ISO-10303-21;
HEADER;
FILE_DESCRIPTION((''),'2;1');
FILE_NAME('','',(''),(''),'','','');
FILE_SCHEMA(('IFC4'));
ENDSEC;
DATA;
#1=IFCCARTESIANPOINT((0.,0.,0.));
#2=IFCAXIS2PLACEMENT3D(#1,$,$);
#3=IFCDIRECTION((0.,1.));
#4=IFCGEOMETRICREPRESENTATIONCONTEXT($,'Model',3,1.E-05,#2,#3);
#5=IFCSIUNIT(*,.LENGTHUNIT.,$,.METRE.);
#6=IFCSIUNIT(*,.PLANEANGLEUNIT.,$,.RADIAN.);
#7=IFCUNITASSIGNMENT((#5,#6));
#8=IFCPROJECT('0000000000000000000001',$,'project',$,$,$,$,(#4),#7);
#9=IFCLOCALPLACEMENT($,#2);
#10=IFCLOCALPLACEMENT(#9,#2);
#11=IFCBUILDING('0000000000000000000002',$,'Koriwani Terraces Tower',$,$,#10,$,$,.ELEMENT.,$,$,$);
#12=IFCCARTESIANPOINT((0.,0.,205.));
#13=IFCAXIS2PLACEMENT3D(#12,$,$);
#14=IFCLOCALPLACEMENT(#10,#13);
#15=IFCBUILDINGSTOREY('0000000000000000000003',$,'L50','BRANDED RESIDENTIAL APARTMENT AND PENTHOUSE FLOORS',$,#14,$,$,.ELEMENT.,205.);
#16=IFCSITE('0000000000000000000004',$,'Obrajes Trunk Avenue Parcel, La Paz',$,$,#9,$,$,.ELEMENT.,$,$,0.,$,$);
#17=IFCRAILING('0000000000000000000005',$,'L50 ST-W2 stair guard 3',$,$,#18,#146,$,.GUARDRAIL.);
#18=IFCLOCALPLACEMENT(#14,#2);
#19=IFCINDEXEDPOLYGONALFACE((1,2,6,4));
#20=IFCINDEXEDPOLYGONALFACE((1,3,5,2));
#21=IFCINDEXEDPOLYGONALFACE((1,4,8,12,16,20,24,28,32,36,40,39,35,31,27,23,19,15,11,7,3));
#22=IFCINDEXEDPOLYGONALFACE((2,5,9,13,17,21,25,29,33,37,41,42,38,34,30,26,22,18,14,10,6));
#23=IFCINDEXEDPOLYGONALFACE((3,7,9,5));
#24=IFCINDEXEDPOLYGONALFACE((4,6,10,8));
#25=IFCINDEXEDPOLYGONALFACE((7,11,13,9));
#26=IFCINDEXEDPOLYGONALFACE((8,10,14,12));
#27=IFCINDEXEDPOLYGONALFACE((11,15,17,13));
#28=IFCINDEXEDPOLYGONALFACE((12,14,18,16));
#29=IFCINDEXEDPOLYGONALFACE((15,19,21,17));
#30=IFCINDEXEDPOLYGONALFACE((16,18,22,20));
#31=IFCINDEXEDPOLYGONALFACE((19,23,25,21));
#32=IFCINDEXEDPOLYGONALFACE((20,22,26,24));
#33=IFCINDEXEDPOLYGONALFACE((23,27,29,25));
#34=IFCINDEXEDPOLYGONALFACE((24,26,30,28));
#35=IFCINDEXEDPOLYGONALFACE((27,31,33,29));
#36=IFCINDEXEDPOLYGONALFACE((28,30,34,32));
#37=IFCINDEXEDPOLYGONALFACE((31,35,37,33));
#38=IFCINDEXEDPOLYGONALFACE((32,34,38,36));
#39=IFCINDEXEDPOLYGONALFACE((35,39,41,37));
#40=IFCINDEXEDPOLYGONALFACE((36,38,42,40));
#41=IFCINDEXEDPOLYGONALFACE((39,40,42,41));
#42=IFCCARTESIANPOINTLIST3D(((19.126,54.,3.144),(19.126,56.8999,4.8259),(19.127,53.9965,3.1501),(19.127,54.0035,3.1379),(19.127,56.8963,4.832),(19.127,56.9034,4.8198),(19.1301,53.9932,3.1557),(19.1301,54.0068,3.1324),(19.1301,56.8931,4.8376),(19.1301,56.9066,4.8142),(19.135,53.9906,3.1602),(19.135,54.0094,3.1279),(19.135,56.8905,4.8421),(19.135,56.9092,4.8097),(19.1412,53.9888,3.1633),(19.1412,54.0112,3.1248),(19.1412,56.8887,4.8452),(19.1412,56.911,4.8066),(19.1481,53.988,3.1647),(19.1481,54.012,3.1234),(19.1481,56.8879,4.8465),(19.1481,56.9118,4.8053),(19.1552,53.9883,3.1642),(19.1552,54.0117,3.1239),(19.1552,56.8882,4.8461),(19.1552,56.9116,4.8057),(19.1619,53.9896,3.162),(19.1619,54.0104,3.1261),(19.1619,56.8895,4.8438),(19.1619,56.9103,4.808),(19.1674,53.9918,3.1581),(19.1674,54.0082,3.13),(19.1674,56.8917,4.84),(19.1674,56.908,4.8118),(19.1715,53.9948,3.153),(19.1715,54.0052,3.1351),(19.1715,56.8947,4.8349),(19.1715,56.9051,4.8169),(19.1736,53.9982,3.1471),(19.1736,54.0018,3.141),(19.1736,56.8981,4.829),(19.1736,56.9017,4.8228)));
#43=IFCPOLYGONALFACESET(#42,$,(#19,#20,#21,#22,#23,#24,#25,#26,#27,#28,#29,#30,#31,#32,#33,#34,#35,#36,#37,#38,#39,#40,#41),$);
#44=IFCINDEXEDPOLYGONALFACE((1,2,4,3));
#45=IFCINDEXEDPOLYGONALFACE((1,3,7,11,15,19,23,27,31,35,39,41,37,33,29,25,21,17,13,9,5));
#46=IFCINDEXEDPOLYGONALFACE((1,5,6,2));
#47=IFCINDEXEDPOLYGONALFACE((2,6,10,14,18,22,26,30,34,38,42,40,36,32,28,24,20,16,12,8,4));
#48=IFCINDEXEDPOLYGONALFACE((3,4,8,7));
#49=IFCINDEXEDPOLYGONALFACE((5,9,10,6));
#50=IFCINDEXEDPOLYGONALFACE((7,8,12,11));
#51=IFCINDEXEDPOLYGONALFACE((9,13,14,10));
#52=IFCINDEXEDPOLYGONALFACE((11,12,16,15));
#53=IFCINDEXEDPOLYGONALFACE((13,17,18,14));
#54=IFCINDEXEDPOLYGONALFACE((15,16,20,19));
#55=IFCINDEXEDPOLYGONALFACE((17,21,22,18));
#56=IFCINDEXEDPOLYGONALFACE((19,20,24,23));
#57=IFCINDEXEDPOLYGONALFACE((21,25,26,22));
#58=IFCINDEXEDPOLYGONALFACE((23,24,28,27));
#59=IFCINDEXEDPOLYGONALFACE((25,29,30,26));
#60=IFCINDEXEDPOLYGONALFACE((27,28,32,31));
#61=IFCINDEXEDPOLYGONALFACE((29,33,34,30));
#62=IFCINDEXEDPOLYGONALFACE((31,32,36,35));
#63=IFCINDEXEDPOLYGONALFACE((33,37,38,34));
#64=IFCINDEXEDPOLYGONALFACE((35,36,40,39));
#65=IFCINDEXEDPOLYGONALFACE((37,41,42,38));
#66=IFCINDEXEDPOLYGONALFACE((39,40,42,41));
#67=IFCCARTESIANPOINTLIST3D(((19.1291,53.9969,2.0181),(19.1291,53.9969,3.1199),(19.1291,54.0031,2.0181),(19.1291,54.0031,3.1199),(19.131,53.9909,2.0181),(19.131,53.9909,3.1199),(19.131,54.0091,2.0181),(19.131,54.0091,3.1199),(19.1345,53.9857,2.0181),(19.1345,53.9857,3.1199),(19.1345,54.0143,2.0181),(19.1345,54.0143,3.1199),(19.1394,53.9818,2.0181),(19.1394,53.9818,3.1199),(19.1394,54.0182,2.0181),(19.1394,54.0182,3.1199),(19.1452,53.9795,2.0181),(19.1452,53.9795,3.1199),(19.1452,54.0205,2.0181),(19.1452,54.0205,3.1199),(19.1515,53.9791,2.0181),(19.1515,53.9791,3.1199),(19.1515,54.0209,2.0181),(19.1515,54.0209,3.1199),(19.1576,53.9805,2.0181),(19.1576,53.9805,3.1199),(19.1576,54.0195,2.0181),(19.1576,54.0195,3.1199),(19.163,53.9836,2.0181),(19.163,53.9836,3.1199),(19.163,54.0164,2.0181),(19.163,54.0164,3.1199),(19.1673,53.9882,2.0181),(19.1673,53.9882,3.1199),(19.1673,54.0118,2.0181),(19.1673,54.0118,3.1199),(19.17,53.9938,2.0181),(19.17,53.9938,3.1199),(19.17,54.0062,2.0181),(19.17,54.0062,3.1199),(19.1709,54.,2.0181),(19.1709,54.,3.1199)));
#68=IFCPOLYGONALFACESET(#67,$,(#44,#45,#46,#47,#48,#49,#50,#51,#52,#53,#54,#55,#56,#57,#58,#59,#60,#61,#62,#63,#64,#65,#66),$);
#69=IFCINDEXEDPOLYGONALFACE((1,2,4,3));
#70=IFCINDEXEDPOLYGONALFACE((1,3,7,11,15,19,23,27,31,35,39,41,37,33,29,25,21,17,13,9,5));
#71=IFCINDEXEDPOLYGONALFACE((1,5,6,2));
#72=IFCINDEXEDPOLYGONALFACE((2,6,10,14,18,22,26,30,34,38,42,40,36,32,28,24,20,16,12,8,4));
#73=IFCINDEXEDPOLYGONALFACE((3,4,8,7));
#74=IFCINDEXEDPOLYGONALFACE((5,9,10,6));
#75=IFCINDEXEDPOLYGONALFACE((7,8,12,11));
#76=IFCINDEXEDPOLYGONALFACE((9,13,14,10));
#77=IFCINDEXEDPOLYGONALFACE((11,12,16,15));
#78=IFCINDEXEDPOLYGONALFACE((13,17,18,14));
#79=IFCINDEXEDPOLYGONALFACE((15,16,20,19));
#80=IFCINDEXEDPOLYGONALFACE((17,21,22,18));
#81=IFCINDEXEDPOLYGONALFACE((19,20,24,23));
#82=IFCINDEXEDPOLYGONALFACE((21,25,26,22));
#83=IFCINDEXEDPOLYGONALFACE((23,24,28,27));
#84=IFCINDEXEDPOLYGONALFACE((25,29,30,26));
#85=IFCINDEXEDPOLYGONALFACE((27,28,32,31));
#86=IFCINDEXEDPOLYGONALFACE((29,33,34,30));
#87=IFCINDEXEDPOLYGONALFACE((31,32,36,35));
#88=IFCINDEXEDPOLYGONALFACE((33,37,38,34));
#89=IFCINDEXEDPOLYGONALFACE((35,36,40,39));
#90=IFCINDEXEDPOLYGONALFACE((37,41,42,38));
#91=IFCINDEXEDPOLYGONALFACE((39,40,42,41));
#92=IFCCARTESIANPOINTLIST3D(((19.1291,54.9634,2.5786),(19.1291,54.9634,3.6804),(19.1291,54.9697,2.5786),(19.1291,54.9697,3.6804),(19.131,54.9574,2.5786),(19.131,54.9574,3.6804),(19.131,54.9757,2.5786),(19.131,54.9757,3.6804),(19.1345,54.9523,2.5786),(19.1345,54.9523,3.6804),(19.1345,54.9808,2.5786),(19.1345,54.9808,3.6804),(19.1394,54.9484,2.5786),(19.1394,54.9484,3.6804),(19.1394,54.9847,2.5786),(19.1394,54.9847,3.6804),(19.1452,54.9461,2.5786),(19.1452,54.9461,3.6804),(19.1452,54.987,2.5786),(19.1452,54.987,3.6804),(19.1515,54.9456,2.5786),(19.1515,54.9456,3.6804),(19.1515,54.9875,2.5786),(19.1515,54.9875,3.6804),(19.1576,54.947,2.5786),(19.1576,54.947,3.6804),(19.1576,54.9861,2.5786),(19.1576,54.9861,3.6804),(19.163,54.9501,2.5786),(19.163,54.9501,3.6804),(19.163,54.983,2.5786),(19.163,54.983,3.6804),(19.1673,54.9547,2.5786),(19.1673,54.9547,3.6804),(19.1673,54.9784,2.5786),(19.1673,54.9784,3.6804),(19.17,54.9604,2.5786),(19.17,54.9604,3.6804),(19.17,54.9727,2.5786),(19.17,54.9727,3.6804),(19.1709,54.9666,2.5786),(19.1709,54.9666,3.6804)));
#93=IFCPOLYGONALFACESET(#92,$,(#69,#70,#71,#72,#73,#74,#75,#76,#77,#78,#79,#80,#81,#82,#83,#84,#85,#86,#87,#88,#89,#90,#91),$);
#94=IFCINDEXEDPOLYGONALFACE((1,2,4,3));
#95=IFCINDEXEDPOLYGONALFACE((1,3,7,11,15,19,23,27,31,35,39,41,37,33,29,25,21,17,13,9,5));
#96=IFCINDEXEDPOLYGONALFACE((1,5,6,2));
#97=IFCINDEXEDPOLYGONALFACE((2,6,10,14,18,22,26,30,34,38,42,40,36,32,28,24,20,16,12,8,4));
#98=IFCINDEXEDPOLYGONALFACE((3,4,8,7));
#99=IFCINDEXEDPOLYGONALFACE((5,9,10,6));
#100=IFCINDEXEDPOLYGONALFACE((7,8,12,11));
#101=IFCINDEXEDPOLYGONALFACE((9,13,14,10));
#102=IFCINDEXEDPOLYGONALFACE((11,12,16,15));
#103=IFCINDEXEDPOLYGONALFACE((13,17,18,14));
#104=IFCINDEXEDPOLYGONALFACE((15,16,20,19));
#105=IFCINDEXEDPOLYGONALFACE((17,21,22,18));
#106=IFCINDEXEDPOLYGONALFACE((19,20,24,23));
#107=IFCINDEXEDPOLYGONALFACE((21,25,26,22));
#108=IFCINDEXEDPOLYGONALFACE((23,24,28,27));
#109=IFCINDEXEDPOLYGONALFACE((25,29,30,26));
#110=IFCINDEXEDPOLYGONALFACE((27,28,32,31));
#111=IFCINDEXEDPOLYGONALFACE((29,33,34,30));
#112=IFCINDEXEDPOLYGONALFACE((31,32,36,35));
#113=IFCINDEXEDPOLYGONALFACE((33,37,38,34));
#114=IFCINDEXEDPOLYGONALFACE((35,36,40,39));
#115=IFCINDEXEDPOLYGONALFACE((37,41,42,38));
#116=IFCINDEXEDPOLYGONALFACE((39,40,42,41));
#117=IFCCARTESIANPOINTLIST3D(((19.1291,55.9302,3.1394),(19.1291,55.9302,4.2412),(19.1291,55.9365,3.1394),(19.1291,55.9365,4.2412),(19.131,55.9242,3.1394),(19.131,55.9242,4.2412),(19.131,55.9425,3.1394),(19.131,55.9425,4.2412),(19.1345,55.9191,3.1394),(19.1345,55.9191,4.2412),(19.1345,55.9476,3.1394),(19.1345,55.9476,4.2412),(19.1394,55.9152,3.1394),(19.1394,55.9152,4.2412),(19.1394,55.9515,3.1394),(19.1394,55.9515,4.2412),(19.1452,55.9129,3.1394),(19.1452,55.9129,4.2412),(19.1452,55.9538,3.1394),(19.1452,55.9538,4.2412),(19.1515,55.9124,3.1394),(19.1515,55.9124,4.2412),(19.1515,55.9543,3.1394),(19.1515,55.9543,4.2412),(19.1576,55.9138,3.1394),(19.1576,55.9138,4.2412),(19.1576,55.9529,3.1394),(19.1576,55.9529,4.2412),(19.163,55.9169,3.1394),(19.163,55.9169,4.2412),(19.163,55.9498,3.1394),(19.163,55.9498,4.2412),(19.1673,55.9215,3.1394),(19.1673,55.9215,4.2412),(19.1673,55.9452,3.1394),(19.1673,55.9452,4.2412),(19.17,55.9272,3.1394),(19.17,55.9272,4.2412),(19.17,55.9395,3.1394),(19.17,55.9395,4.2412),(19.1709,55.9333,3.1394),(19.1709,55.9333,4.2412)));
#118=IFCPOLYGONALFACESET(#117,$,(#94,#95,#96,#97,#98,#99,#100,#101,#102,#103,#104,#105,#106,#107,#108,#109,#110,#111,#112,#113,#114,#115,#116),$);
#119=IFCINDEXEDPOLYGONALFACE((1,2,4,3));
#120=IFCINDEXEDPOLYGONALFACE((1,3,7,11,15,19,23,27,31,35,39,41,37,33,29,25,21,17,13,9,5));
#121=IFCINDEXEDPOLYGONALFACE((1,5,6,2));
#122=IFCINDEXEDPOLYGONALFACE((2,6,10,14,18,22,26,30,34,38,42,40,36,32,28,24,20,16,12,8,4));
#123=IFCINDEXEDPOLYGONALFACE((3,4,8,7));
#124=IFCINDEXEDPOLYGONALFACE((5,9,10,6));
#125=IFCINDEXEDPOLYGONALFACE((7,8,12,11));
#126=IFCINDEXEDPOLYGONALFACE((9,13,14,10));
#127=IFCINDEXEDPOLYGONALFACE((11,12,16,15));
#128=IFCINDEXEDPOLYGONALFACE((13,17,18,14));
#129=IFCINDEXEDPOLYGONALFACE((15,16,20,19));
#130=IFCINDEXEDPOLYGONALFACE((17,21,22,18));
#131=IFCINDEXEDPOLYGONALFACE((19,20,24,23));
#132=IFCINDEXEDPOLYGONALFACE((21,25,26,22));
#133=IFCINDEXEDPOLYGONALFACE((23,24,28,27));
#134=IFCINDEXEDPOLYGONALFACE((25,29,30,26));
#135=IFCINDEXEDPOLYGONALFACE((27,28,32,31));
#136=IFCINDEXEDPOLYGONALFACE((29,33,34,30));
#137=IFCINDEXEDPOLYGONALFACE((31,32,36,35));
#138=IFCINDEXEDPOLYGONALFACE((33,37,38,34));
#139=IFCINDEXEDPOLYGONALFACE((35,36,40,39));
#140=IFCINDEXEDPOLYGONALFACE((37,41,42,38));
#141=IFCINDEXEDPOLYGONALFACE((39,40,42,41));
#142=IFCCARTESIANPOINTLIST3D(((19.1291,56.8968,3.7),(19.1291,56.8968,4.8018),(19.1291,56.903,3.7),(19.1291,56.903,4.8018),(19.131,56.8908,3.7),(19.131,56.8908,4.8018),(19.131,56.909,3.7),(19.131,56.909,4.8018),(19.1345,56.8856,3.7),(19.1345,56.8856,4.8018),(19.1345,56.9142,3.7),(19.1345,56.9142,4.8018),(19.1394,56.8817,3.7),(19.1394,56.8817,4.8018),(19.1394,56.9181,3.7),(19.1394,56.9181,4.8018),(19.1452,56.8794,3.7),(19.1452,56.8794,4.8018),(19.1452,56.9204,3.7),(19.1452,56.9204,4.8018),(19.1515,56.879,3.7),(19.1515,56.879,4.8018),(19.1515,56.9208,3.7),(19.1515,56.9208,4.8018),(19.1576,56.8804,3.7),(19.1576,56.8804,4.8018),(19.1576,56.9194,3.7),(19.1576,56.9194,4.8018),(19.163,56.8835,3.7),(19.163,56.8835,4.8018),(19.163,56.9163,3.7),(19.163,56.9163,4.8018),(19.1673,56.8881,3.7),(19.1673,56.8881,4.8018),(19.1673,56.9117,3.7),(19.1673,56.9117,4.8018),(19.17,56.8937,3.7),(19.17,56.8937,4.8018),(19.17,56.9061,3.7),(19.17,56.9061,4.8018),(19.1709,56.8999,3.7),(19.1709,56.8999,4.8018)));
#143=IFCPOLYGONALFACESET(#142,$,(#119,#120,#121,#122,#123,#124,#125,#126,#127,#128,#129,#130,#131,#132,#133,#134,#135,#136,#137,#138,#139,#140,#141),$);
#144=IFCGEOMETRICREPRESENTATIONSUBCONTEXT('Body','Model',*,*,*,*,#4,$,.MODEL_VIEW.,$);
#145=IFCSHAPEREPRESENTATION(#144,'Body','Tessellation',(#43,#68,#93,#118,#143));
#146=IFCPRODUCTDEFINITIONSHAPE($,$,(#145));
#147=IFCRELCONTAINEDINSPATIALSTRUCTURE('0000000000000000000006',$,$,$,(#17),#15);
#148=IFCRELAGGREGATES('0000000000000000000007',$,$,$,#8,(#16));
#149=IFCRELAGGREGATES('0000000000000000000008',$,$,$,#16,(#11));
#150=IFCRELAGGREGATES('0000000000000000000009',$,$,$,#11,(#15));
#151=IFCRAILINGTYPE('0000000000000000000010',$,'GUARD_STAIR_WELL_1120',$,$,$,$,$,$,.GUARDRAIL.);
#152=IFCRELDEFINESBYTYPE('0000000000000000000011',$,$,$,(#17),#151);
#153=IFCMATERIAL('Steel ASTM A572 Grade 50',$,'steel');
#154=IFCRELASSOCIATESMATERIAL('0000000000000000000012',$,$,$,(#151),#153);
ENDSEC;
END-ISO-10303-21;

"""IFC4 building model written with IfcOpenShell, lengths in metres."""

from ifc_helpers import new_model, si_unit, direction, frame, origin, origin_2d, place, context, subcontext, project, spatial, circle, extrude, material, type_object, element, save


model = new_model("IFC4")

# Units and contexts
model_context = context("Model", 3, precision=1e-05, world=origin(), true_north=direction((0.0, 1.0)))
body_context = subcontext(model_context, "Body", "Model", "MODEL_VIEW")
ifc_project = project(units=[si_unit("LENGTHUNIT", "METRE"), si_unit("PLANEANGLEUNIT", "RADIAN")], contexts=[model_context])

# Site, building, storey
site_placement = place(None, origin())
site = spatial("IfcSite", under=ifc_project, at=site_placement, Name="Obrajes Trunk Avenue Parcel, La Paz", CompositionType="ELEMENT", RefElevation=0.0)
building_placement = place(site_placement, origin())
building = spatial("IfcBuilding", under=site, at=building_placement, Name="Koriwani Terraces Tower", CompositionType="ELEMENT")
storey_placement = place(building_placement, frame((0.0, 0.0, 205.0)))
storey = spatial("IfcBuildingStorey", under=building, at=storey_placement, Name="L50", Description="BRANDED RESIDENTIAL APARTMENT AND PENTHOUSE FLOORS", CompositionType="ELEMENT", Elevation=205.0)

# Shared definitions
ifc_material_1 = material(Name="Steel ASTM A572 Grade 50", Category="steel")

# Railing
railing_type_1 = type_object("IfcRailingType", Name="GUARD_STAIR_WELL_1120", PredefinedType="GUARDRAIL", material=ifc_material_1)
railing_1_placement = place(storey_placement, frame((19.1499, 54.0, 2.0181)))
element("IfcRailing", 1, at=railing_1_placement, inside=storey, type_object=railing_type_1, Name="L50 ST-W2 stair guard 3", PredefinedType="GUARDRAIL", context=body_context, shape_type="SweptSolid", body=[
    extrude(circle(Radius=0.0239, at=origin_2d()), frame((0.0, 0.0, 1.126), z_axis=(0.0, 0.865039, 0.501705), x_axis=(-1.0, 0.0, 0.0)), (0.0, 0.0, 1.0), 3.3523),
    extrude(circle(Radius=0.021, at=origin_2d()), origin(), (0.0, 0.0, 1.0), 1.1018),
    extrude(circle(Radius=0.021, at=origin_2d()), frame((0.0, 0.9666, 0.5605)), (0.0, 0.0, 1.0), 1.1018),
    extrude(circle(Radius=0.021, at=origin_2d()), frame((0.0, 1.9333, 1.1213)), (0.0, 0.0, 1.0), 1.1018),
    extrude(circle(Radius=0.021, at=origin_2d()), frame((0.0, 2.8999, 1.6819)), (0.0, 0.0, 1.0), 1.1018),
])

save(model, "model.ifc")
